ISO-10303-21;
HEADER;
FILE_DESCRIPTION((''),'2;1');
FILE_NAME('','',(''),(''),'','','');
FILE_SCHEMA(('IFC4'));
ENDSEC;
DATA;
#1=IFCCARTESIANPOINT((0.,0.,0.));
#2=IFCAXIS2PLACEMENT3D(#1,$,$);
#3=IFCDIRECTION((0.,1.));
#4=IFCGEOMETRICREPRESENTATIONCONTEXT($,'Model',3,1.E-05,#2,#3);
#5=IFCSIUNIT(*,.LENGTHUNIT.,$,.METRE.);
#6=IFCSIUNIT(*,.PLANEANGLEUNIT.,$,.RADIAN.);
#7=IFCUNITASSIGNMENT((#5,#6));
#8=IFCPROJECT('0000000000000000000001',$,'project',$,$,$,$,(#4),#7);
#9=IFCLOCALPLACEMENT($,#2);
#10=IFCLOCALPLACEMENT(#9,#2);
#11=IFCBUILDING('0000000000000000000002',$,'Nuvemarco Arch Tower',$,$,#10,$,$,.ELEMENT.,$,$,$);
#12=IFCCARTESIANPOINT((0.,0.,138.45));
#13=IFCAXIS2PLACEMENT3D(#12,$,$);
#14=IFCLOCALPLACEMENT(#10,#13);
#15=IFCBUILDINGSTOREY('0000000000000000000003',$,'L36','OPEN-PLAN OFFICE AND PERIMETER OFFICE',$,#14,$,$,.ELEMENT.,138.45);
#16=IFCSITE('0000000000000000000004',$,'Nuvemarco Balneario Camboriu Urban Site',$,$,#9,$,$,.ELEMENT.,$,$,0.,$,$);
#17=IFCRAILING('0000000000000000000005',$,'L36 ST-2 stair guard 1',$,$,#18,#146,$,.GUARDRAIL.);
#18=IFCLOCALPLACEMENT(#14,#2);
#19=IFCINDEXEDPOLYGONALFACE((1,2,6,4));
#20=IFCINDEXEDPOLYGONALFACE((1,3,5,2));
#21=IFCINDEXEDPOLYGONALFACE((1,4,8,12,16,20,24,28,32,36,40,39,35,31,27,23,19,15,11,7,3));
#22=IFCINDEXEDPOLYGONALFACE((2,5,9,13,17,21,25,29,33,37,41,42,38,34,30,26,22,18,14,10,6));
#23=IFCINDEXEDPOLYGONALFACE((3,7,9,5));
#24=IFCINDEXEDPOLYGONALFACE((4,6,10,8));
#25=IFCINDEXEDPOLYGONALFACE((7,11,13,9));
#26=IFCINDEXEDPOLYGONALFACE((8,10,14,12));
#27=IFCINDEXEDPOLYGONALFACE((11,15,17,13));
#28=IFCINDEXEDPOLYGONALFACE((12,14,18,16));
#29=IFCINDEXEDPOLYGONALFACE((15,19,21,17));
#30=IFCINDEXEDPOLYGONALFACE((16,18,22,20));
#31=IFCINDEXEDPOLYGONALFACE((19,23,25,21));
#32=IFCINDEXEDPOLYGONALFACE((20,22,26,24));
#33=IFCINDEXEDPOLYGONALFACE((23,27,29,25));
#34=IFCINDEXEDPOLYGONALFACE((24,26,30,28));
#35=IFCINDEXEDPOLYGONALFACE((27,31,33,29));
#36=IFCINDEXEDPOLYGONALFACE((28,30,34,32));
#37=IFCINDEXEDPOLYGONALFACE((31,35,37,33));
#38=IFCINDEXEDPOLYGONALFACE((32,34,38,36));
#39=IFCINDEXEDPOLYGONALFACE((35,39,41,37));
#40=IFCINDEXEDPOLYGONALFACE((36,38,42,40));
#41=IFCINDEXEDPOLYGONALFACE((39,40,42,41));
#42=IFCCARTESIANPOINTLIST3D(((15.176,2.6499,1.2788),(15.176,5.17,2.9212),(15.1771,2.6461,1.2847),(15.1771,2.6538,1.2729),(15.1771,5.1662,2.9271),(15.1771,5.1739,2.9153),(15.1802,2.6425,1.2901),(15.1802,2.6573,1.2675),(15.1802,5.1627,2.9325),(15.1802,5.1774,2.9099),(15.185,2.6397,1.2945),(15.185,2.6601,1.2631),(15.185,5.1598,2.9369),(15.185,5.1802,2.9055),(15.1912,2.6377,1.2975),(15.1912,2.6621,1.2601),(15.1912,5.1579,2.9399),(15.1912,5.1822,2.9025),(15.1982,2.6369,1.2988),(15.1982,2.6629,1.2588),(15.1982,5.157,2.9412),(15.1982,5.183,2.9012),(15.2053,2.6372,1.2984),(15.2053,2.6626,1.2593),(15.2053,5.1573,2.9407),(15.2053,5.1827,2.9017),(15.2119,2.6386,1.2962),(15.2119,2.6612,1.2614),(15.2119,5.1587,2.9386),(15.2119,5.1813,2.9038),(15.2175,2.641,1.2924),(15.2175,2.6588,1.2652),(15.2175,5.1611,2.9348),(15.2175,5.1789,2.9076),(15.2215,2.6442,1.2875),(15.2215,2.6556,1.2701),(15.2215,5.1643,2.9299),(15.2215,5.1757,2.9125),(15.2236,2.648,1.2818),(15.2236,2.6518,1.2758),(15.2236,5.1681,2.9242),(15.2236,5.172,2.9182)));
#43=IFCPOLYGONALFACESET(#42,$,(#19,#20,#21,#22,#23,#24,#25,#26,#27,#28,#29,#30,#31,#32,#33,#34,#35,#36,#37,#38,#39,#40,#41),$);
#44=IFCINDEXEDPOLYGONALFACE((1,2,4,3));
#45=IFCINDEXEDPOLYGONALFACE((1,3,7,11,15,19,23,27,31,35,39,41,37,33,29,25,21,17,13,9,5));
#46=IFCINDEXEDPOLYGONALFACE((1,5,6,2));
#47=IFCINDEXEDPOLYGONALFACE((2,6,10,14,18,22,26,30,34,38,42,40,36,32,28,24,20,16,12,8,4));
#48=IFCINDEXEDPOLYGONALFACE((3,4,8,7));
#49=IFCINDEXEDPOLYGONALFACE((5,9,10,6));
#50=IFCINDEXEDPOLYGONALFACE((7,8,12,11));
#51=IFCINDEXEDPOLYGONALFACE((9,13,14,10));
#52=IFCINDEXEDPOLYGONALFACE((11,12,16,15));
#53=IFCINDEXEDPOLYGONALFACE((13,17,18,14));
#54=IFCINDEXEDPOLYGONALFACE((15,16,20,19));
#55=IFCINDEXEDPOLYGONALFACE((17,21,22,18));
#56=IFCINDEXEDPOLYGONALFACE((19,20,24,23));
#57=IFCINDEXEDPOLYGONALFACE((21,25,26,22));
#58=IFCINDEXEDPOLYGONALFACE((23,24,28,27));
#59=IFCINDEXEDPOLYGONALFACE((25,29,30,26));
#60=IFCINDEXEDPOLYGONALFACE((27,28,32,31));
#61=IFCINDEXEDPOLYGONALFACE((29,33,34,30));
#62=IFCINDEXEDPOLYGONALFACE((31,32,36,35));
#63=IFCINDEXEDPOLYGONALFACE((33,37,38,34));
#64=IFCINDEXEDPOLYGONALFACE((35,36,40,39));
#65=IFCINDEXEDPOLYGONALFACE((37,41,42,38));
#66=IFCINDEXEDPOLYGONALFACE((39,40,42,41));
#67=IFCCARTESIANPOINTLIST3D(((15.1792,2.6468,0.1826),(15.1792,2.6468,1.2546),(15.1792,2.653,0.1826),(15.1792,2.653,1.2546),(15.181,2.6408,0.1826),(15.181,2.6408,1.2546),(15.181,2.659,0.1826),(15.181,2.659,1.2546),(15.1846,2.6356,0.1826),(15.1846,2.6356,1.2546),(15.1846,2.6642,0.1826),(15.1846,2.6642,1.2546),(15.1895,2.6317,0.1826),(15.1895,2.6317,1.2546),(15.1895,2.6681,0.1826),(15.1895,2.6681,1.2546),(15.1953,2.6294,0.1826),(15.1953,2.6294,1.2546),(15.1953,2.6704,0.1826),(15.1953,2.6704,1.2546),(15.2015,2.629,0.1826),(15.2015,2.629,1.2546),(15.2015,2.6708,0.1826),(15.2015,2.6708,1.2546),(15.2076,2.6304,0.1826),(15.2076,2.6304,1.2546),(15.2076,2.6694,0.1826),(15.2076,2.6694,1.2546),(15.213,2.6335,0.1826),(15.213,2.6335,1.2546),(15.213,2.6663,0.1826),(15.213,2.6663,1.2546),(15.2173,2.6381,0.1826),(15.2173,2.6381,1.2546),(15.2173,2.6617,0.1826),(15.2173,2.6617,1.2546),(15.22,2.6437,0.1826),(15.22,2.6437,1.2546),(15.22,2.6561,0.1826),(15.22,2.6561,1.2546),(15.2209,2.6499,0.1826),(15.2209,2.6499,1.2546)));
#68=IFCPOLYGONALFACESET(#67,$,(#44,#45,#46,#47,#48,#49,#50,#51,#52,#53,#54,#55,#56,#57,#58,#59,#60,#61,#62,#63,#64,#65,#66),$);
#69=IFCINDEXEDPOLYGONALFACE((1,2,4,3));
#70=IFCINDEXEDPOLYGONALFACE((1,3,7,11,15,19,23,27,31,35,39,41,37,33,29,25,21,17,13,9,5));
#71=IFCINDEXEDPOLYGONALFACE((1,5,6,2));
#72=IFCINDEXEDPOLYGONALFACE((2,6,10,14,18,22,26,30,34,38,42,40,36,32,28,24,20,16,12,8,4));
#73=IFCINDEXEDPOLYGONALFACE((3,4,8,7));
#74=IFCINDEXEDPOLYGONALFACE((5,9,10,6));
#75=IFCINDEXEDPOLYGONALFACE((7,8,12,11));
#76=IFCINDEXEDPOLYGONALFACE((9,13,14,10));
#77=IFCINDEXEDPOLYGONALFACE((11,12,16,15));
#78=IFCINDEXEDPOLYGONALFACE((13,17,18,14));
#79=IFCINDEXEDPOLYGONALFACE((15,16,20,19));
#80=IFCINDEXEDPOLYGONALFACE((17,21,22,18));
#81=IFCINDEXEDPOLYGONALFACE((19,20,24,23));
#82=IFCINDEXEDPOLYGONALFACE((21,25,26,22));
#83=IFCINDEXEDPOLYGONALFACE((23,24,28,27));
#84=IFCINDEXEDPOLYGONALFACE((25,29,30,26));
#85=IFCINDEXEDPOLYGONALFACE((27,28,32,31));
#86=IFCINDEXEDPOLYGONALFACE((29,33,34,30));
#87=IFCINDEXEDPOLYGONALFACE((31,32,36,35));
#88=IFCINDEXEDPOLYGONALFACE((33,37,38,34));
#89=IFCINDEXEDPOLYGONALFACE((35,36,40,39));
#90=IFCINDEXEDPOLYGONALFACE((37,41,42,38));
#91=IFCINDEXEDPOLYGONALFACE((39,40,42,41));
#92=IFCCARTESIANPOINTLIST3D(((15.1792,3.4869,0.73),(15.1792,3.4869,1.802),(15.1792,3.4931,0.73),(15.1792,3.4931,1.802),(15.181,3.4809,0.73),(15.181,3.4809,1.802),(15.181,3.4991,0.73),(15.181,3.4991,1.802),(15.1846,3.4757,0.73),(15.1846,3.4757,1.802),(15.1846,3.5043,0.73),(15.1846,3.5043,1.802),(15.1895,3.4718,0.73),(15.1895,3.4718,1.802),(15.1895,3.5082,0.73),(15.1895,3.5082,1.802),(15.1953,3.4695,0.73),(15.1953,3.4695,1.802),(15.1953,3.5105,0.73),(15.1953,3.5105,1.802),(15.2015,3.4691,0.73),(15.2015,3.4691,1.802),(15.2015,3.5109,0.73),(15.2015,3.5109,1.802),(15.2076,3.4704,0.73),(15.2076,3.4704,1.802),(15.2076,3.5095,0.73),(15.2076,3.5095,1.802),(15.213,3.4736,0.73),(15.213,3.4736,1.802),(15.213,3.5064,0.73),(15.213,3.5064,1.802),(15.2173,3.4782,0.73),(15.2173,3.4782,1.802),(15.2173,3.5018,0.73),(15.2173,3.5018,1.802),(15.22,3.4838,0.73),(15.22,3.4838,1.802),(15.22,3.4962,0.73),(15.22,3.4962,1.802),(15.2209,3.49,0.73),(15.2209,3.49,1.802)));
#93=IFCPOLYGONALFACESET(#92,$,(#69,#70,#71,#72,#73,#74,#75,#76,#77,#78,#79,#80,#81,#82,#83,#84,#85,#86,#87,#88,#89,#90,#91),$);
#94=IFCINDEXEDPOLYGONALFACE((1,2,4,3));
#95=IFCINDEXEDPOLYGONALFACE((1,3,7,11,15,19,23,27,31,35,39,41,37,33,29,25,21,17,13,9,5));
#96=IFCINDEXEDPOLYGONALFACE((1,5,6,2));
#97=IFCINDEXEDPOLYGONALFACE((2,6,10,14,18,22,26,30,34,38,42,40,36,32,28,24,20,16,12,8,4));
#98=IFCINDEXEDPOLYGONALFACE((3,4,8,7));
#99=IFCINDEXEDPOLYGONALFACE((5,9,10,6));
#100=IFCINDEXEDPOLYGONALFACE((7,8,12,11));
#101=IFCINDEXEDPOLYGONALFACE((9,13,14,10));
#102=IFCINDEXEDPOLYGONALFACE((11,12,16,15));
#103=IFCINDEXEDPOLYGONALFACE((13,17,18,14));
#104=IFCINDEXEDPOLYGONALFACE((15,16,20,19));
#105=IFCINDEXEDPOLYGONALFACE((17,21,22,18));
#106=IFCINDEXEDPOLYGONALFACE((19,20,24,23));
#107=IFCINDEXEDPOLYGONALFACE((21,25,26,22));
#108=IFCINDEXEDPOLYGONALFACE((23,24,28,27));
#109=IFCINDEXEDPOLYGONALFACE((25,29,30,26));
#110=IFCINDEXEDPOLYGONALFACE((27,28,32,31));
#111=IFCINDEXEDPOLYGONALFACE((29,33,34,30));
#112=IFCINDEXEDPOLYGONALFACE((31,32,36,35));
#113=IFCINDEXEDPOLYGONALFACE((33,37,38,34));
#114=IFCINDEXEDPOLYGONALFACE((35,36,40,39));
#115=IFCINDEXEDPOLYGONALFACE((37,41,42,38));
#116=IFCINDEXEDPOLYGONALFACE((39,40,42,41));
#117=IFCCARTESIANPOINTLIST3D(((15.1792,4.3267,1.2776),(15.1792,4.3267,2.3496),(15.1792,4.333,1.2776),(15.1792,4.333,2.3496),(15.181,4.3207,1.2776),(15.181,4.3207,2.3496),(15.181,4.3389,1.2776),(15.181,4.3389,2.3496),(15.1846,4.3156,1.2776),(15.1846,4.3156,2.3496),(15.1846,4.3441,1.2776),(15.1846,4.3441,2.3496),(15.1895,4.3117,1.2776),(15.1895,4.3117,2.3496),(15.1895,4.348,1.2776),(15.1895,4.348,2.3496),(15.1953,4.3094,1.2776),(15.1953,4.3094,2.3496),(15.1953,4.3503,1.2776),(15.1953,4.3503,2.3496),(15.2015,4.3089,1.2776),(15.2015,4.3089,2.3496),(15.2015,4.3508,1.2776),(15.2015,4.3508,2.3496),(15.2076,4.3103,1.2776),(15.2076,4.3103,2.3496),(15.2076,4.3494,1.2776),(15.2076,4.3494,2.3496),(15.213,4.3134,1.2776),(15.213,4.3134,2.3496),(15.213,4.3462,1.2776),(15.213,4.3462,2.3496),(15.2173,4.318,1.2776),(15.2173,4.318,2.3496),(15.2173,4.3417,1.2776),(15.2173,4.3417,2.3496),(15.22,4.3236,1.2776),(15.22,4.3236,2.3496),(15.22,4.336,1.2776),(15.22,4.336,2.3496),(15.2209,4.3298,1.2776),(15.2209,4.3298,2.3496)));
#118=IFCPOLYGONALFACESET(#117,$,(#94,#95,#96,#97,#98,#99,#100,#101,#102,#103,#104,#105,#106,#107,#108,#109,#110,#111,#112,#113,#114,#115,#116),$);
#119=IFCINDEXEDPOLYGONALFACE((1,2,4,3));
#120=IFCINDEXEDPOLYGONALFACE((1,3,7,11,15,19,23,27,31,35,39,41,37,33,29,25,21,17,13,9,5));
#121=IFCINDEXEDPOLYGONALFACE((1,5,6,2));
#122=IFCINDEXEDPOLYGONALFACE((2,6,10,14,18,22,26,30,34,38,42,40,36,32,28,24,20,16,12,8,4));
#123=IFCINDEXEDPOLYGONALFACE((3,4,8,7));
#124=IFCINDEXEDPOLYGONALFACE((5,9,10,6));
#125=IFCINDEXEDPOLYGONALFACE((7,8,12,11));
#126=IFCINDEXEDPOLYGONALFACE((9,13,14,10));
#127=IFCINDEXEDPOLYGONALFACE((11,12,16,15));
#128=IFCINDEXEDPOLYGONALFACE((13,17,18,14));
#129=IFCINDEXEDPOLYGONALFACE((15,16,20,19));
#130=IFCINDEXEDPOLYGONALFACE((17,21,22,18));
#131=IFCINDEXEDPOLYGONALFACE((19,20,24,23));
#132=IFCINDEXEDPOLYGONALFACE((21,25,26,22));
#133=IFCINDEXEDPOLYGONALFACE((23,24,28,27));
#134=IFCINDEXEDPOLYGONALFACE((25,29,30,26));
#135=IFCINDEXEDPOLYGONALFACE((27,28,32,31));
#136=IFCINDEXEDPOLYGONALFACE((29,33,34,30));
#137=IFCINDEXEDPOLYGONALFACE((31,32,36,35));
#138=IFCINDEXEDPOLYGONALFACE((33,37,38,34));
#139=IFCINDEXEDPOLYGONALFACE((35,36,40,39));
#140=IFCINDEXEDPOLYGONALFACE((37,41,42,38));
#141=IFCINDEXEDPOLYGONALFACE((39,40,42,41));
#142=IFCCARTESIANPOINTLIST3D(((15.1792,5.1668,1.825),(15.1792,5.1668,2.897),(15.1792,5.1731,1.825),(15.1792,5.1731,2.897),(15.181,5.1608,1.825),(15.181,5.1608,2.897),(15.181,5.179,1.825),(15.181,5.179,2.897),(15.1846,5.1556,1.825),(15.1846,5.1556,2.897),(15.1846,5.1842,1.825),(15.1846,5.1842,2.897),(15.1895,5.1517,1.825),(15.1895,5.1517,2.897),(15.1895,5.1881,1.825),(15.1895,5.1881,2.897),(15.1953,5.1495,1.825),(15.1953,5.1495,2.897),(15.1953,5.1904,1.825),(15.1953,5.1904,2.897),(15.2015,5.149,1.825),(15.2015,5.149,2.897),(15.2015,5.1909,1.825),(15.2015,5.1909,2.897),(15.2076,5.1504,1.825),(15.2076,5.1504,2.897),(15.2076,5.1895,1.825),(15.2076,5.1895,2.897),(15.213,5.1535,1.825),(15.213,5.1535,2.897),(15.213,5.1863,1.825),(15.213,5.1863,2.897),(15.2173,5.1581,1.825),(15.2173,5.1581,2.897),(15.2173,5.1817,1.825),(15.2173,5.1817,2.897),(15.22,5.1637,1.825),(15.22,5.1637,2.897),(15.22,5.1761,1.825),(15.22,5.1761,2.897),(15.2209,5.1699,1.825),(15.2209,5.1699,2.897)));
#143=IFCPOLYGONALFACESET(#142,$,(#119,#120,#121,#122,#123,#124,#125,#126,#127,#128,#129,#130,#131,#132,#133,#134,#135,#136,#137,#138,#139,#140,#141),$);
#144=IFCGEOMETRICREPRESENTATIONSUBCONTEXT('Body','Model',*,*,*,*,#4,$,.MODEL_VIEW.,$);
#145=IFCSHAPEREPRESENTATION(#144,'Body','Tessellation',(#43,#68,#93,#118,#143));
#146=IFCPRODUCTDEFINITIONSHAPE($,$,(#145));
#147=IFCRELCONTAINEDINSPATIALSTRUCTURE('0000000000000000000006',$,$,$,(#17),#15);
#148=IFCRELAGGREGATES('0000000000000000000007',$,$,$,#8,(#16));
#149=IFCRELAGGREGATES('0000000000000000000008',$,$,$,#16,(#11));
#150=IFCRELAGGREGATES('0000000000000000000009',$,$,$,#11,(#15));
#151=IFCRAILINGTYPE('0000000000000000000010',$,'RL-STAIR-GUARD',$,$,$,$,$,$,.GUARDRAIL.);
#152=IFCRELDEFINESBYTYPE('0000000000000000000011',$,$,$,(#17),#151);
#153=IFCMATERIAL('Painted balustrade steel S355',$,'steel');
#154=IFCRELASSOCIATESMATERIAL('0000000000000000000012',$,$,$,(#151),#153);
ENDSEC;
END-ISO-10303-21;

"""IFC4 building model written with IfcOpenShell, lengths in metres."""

from ifc_helpers import new_model, si_unit, direction, frame, origin, origin_2d, place, context, subcontext, project, spatial, circle, extrude, material, type_object, element, save


model = new_model("IFC4")

# Units and contexts
model_context = context("Model", 3, precision=1e-05, world=origin(), true_north=direction((0.0, 1.0)))
body_context = subcontext(model_context, "Body", "Model", "MODEL_VIEW")
ifc_project = project(units=[si_unit("LENGTHUNIT", "METRE"), si_unit("PLANEANGLEUNIT", "RADIAN")], contexts=[model_context])

# Site, building, storey
site_placement = place(None, origin())
site = spatial("IfcSite", under=ifc_project, at=site_placement, Name="Nuvemarco Balneario Camboriu Urban Site", CompositionType="ELEMENT", RefElevation=0.0)
building_placement = place(site_placement, origin())
building = spatial("IfcBuilding", under=site, at=building_placement, Name="Nuvemarco Arch Tower", CompositionType="ELEMENT")
storey_placement = place(building_placement, frame((0.0, 0.0, 138.45)))
storey = spatial("IfcBuildingStorey", under=building, at=storey_placement, Name="L36", Description="OPEN-PLAN OFFICE AND PERIMETER OFFICE", CompositionType="ELEMENT", Elevation=138.45)

# Railing
ifc_material_1 = material(Name="Painted balustrade steel S355", Category="steel")
railing_type_1 = type_object("IfcRailingType", Name="RL-STAIR-GUARD", PredefinedType="GUARDRAIL", material=ifc_material_1)
railing_1_placement = place(storey_placement, frame((15.2, 2.6499, 0.1826)))
element("IfcRailing", 1, at=railing_1_placement, inside=storey, type_object=railing_type_1, Name="L36 ST-2 stair guard 1", PredefinedType="GUARDRAIL", context=body_context, shape_type="SweptSolid", body=[
    extrude(circle(Radius=0.0239, at=origin_2d()), frame((0.0, 0.0, 1.0962), z_axis=(0.0, 0.837787, 0.545998), x_axis=(-1.0, 0.0, 0.0)), (0.0, 0.0, 1.0), 3.0081),
    extrude(circle(Radius=0.021, at=origin_2d()), origin(), (0.0, 0.0, 1.0), 1.072),
    extrude(circle(Radius=0.021, at=origin_2d()), frame((0.0, 0.8401, 0.5474)), (0.0, 0.0, 1.0), 1.072),
    extrude(circle(Radius=0.021, at=origin_2d()), frame((0.0, 1.6799, 1.095)), (0.0, 0.0, 1.0), 1.072),
    extrude(circle(Radius=0.021, at=origin_2d()), frame((0.0, 2.52, 1.6423)), (0.0, 0.0, 1.0), 1.072),
])

save(model, "model.ifc")
